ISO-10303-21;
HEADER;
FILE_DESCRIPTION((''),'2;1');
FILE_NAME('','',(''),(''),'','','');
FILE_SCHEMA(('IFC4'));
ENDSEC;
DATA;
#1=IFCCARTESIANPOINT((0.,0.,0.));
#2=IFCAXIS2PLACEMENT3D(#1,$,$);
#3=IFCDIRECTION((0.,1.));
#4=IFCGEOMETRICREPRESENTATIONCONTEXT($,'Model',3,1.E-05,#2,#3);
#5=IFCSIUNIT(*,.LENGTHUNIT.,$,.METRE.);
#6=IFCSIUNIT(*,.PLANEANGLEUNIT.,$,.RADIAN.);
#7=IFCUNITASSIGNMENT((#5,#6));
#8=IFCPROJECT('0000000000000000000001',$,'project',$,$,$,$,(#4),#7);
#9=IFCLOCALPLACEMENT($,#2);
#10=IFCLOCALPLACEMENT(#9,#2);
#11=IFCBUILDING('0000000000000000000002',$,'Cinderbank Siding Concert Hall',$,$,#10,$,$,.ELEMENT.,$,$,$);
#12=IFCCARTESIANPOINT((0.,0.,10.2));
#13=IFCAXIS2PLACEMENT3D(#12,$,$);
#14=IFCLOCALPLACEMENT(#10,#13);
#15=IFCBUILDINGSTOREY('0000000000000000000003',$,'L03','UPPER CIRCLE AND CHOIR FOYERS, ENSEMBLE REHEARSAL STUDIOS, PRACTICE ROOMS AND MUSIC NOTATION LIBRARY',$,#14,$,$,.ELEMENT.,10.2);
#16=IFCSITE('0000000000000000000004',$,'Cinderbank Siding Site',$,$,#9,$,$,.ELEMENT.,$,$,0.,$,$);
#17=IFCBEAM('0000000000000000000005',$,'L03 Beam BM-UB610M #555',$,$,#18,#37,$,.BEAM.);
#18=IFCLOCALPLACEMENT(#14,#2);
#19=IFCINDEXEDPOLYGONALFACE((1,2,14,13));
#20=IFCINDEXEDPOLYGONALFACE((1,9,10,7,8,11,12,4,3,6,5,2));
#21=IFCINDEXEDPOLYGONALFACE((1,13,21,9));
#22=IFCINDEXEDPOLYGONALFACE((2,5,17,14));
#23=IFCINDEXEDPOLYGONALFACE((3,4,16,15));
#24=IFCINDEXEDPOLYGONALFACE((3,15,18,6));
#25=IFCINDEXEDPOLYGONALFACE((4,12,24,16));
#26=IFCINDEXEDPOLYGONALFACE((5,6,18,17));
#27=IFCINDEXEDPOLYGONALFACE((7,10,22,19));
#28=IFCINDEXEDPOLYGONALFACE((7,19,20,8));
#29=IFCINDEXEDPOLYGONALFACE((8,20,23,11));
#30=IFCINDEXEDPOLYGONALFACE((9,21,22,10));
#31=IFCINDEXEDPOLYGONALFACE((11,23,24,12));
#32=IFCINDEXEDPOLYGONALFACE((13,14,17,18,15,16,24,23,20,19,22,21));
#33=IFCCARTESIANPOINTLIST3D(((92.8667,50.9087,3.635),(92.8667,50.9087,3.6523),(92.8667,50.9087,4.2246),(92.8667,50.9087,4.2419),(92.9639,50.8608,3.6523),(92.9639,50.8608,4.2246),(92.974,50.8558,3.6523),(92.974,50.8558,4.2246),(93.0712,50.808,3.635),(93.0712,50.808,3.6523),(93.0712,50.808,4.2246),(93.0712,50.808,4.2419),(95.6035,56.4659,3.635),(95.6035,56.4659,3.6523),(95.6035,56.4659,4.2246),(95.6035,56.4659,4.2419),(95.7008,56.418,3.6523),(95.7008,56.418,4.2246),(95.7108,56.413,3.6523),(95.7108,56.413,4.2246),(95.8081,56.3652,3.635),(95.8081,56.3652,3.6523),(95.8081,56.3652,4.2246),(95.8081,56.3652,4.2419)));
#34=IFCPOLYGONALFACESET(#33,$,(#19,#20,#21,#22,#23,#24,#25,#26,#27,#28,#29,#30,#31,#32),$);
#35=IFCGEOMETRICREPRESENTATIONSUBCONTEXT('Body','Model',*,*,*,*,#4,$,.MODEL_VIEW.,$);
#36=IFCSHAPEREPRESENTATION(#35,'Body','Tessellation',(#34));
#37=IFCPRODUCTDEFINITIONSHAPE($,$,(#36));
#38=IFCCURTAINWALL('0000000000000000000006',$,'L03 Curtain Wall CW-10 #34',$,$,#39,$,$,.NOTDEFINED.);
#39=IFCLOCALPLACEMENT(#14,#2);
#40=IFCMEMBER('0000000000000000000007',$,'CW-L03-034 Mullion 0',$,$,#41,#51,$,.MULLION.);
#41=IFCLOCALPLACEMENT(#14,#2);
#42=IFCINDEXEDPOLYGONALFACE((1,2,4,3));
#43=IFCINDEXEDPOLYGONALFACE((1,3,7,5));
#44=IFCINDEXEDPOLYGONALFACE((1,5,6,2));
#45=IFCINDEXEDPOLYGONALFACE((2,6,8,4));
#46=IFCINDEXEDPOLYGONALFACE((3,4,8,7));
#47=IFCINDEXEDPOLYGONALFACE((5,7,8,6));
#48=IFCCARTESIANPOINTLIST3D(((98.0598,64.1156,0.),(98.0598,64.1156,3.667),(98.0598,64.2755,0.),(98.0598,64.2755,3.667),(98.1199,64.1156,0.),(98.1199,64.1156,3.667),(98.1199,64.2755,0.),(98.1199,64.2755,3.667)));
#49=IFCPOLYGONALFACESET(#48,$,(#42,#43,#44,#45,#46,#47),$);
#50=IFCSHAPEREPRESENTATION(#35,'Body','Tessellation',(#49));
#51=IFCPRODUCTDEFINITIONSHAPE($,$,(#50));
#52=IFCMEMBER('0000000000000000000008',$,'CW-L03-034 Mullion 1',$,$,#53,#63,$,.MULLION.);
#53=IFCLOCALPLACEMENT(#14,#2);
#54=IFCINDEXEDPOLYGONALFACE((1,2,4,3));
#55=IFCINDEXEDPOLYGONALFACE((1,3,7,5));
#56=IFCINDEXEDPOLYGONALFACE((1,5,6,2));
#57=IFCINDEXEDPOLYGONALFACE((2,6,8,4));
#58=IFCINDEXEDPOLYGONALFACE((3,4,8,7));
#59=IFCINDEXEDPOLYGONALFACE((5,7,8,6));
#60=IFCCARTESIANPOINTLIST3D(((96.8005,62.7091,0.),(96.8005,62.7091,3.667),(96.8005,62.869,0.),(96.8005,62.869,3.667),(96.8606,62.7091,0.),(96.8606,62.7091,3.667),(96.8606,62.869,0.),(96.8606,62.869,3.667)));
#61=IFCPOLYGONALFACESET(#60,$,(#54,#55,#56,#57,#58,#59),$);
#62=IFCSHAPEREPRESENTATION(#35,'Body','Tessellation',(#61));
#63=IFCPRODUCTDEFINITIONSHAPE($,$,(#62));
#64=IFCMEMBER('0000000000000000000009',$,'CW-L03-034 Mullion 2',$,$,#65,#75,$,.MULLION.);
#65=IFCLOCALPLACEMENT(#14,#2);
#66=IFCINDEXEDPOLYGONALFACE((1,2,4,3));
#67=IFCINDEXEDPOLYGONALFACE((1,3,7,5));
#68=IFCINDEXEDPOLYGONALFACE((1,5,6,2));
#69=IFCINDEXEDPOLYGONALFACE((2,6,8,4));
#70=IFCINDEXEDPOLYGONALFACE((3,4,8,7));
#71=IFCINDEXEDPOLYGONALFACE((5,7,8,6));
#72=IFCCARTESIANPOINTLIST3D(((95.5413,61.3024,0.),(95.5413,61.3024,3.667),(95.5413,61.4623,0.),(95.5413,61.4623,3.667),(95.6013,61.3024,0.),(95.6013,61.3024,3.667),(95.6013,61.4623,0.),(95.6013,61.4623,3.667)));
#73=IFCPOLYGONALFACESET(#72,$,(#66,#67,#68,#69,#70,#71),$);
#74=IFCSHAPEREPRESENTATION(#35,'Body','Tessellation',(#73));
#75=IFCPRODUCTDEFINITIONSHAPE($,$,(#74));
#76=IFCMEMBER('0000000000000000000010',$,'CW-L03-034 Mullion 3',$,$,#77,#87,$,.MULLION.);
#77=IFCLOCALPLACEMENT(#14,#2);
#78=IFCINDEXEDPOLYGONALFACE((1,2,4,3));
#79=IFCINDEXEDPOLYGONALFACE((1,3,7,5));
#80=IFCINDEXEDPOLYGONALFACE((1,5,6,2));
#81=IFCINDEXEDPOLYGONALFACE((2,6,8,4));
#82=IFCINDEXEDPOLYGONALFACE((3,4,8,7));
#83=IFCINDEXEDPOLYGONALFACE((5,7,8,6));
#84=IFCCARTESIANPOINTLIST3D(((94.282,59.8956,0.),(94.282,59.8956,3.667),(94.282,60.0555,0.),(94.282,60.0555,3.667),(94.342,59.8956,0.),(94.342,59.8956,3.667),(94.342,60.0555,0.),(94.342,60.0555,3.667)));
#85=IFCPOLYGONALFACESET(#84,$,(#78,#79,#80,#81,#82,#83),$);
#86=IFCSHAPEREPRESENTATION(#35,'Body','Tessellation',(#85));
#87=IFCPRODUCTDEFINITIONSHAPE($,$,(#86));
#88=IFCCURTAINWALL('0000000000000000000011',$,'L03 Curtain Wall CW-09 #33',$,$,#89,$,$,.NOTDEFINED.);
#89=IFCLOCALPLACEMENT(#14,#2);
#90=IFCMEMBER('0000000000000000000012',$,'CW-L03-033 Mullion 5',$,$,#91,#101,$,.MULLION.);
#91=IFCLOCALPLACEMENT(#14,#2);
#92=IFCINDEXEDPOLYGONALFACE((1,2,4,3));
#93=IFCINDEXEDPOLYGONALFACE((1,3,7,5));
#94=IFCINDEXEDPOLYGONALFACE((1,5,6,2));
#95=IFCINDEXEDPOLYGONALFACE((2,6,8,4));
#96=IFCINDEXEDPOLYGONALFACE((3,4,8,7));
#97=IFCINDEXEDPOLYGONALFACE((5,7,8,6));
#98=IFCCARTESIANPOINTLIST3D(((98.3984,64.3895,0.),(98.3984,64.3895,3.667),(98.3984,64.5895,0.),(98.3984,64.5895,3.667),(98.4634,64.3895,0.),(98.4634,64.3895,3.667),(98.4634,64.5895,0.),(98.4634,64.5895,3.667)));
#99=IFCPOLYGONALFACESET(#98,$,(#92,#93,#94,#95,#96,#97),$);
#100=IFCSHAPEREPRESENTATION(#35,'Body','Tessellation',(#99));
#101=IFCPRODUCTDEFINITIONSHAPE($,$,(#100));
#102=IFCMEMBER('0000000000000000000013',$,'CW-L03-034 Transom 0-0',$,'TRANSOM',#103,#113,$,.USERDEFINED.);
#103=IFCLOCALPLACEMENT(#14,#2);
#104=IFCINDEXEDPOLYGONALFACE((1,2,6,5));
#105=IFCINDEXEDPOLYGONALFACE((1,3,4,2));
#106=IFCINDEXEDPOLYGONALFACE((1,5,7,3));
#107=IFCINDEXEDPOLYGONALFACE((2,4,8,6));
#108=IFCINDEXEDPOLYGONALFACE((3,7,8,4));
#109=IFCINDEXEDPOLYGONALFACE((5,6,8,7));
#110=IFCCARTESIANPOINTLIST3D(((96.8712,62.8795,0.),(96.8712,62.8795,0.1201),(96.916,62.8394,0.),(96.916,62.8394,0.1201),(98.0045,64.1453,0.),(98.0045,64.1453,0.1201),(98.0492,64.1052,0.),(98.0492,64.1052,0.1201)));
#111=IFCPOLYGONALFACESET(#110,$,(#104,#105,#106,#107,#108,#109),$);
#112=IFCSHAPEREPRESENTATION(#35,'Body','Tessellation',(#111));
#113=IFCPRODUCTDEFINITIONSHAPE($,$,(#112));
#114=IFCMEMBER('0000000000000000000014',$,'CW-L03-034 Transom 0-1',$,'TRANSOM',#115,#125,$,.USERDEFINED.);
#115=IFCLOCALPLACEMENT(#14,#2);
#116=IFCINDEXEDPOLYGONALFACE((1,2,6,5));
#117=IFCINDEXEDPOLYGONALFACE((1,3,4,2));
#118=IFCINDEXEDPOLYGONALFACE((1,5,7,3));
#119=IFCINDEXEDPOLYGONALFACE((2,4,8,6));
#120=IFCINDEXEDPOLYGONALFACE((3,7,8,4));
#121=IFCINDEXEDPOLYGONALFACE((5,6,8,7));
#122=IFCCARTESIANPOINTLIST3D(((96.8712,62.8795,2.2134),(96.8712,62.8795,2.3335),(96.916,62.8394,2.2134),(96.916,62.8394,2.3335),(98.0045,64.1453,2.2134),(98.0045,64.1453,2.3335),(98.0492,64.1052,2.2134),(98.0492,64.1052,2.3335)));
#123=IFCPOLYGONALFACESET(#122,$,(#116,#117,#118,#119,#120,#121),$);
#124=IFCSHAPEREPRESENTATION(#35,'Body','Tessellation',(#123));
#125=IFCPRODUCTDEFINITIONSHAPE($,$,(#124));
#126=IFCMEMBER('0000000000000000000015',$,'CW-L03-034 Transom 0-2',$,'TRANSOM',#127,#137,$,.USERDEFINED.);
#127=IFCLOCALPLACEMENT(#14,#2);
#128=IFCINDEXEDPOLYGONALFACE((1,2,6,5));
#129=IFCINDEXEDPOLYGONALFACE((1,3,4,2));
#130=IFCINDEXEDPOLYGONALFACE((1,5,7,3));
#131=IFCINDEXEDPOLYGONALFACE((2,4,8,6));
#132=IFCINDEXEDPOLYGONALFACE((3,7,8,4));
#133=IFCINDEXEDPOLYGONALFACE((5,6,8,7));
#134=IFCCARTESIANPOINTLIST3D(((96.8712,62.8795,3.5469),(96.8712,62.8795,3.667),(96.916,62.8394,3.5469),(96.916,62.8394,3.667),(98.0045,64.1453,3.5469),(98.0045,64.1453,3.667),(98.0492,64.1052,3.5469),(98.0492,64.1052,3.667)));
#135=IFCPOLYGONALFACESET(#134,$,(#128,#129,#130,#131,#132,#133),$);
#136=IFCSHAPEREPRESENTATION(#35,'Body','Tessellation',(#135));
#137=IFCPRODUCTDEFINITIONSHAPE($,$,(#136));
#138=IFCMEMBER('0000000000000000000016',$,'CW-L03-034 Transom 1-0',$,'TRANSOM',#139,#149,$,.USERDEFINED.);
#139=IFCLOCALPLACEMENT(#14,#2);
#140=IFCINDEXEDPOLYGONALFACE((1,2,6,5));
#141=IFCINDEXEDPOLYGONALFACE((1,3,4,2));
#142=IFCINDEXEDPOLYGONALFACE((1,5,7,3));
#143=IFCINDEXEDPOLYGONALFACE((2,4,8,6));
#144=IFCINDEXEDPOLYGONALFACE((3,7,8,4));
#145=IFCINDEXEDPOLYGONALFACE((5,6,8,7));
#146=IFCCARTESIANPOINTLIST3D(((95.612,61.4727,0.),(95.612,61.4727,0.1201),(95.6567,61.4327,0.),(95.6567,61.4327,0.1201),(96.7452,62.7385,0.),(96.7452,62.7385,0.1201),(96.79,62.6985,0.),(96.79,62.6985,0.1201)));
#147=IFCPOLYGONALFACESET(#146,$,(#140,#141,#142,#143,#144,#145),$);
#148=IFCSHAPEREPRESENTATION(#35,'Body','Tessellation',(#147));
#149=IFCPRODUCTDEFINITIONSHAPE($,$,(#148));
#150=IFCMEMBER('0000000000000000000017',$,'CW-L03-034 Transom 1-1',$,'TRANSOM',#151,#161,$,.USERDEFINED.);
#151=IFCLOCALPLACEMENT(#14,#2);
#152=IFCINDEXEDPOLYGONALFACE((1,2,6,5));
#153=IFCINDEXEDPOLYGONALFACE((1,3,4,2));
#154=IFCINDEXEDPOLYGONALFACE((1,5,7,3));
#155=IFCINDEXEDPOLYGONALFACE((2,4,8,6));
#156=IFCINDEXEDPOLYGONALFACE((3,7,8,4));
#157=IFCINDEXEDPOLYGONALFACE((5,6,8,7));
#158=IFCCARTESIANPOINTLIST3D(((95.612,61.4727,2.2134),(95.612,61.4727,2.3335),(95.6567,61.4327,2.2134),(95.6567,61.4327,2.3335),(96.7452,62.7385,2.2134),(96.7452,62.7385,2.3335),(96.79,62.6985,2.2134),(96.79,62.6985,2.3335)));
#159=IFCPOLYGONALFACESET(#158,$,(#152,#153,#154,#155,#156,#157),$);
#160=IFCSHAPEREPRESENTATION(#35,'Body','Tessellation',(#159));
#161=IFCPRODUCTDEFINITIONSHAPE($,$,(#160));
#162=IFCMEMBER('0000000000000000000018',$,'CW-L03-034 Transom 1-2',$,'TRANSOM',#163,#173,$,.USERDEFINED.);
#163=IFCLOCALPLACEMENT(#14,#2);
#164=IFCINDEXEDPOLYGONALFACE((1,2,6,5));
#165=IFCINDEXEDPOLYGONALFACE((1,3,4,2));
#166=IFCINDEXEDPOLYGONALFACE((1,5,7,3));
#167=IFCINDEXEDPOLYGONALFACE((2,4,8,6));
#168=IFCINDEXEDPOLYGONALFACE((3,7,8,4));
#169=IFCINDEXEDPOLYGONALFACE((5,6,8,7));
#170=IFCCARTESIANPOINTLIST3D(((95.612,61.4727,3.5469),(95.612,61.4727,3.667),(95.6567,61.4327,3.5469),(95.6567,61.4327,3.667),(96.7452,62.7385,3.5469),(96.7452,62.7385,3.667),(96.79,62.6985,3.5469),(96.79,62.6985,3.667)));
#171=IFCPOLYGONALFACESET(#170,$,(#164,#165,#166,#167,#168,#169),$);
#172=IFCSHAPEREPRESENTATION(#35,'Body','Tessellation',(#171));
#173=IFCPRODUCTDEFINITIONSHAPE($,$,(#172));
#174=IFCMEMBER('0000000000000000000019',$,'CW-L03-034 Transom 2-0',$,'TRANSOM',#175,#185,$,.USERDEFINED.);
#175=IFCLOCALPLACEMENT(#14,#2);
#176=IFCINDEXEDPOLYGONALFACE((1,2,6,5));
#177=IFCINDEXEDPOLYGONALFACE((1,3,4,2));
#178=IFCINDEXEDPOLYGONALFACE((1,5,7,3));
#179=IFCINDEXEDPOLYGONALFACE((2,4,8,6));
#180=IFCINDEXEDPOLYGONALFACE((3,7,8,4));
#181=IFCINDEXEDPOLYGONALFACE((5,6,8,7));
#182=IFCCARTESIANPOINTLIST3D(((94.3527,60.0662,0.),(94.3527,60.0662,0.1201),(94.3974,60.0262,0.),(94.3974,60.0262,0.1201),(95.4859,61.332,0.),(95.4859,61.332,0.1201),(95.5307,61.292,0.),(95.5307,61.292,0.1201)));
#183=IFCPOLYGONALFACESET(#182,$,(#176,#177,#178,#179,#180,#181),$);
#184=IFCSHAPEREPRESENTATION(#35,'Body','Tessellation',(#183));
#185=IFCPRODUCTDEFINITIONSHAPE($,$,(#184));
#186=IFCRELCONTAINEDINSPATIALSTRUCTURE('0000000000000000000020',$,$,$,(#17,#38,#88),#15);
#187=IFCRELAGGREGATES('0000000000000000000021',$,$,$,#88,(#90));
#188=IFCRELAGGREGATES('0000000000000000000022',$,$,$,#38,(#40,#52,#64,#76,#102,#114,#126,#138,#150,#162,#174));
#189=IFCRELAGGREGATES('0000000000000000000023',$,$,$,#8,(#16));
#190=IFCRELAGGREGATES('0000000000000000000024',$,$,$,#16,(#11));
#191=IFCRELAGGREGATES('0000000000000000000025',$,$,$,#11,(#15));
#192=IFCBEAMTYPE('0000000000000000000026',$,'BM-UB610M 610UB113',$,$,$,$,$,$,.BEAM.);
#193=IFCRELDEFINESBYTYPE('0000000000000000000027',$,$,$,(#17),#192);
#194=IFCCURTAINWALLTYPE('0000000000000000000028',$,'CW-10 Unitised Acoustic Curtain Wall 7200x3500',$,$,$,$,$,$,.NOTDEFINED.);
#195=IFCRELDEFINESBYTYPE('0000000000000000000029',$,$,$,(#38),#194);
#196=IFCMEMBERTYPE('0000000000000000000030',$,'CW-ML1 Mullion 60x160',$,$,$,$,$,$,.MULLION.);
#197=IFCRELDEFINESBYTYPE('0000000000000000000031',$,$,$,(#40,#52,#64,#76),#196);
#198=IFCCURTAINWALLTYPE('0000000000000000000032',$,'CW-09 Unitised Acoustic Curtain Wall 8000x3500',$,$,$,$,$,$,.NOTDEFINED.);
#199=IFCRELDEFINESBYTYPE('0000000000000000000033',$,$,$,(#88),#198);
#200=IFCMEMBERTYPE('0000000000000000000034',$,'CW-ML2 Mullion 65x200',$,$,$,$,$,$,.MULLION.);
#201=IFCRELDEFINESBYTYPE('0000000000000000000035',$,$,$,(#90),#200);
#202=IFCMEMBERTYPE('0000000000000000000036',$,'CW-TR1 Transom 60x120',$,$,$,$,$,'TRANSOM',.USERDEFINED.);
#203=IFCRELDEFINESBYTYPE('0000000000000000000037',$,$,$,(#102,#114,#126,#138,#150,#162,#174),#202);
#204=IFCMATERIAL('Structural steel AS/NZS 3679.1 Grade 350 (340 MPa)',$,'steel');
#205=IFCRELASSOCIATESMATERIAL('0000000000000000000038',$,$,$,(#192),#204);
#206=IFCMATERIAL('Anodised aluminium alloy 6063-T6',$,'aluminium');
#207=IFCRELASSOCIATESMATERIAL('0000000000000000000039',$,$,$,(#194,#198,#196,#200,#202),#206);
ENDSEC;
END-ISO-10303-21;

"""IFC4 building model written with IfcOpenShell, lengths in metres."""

from ifc_helpers import new_model, si_unit, direction, frame, origin, origin_2d, place, context, subcontext, project, spatial, rectangle, i_section, extrude, material, material_profile, profile_set, type_object, element, aggregate, save


model = new_model("IFC4")

# Units and contexts
model_context = context("Model", 3, precision=1e-05, world=origin(), true_north=direction((0.0, 1.0)))
body_context = subcontext(model_context, "Body", "Model", "MODEL_VIEW")
ifc_project = project(units=[si_unit("LENGTHUNIT", "METRE"), si_unit("PLANEANGLEUNIT", "RADIAN")], contexts=[model_context])

# Site, building, storey
site_placement = place(None, origin())
site = spatial("IfcSite", under=ifc_project, at=site_placement, Name="Cinderbank Siding Site", CompositionType="ELEMENT", RefElevation=0.0)
building_placement = place(site_placement, origin())
building = spatial("IfcBuilding", under=site, at=building_placement, Name="Cinderbank Siding Concert Hall", CompositionType="ELEMENT")
storey_placement = place(building_placement, frame((0.0, 0.0, 10.2)))
storey = spatial("IfcBuildingStorey", under=building, at=storey_placement, Name="L03", Description="UPPER CIRCLE AND CHOIR FOYERS, ENSEMBLE REHEARSAL STUDIOS, PRACTICE ROOMS AND MUSIC NOTATION LIBRARY", CompositionType="ELEMENT", Elevation=10.2)

# Beam
ifc_material_1 = material(Name="Structural steel AS/NZS 3679.1 Grade 350 (340 MPa)", Category="steel")
ifc_material_profile_1 = material_profile(ifc_material_1, i_section(OverallWidth=0.228, OverallDepth=0.6069, WebThickness=0.0112, FlangeThickness=0.0173, at=origin_2d()), Name="610UB113", Category="LoadBearing")
ifc_profile_set_1 = profile_set([ifc_material_profile_1], Name="Structural steel AS/NZS 3679.1 Grade 350 (340 MPa)")
beam_type_1 = type_object("IfcBeamType", Name="BM-UB610M 610UB113", PredefinedType="BEAM", material=ifc_profile_set_1)
beam_1_placement = place(storey_placement, frame((95.7058, 56.4155, 3.9385), z_axis=(-0.441814, -0.897107, 0.0), x_axis=(0.897107, -0.441814, 0.0)))
element("IfcBeam", 1, at=beam_1_placement, inside=storey, type_object=beam_type_1, Name="L03 Beam BM-UB610M #555", PredefinedType="BEAM", context=body_context, shape_type="SweptSolid", body=[
    extrude(i_section(OverallWidth=0.228, OverallDepth=0.6069, WebThickness=0.0112, FlangeThickness=0.0173, at=origin_2d()), origin(), (0.0, 0.0, 1.0), 6.1946),
])

# Curtain wall, members
ifc_material_2 = material(Name="Anodised aluminium alloy 6063-T6", Category="aluminium")
curtain_wall_type_1 = type_object("IfcCurtainWallType", Name="CW-10 Unitised Acoustic Curtain Wall 7200x3500", PredefinedType="NOTDEFINED", material=ifc_material_2)
curtain_wall_1_placement = place(storey_placement, origin())
curtain_wall_1 = element("IfcCurtainWall", 2, at=curtain_wall_1_placement, inside=storey, type_object=curtain_wall_type_1, Name="L03 Curtain Wall CW-10 #34", PredefinedType="NOTDEFINED")
ifc_material_profile_2 = material_profile(ifc_material_2, rectangle(XDim=0.0601, YDim=0.1599, at=origin_2d()), Name="ALU-MULL-60x160", Category="LoadBearing")
ifc_profile_set_2 = profile_set([ifc_material_profile_2], Name="Anodised aluminium alloy 6063-T6")
member_type_1 = type_object("IfcMemberType", Name="CW-ML1 Mullion 60x160", PredefinedType="MULLION", material=ifc_profile_set_2)
member_1_placement = place(storey_placement, frame((98.0898, 64.1956, 0.0), z_axis=(0.0, 0.0, 1.0), x_axis=(1.0, 0.0, 0.0)))
member_1 = element("IfcMember", 3, at=member_1_placement, type_object=member_type_1, Name="CW-L03-034 Mullion 0", PredefinedType="MULLION", context=body_context, shape_type="SweptSolid", body=[
    extrude(rectangle(XDim=0.0601, YDim=0.1599, at=origin_2d()), origin(), (0.0, 0.0, 1.0), 3.667),
])
member_2_placement = place(storey_placement, frame((96.8306, 62.7891, 0.0), z_axis=(0.0, 0.0, 1.0), x_axis=(1.0, 0.0, 0.0)))
member_2 = element("IfcMember", 4, at=member_2_placement, type_object=member_type_1, Name="CW-L03-034 Mullion 1", PredefinedType="MULLION", context=body_context, shape_type="SweptSolid", body=[
    extrude(rectangle(XDim=0.0601, YDim=0.1599, at=origin_2d()), origin(), (0.0, 0.0, 1.0), 3.667),
])
member_3_placement = place(storey_placement, frame((95.5713, 61.3823, 0.0), z_axis=(0.0, 0.0, 1.0), x_axis=(1.0, 0.0, 0.0)))
member_3 = element("IfcMember", 5, at=member_3_placement, type_object=member_type_1, Name="CW-L03-034 Mullion 2", PredefinedType="MULLION", context=body_context, shape_type="SweptSolid", body=[
    extrude(rectangle(XDim=0.0601, YDim=0.1599, at=origin_2d()), origin(), (0.0, 0.0, 1.0), 3.667),
])
member_4_placement = place(storey_placement, frame((94.312, 59.9756, 0.0), z_axis=(0.0, 0.0, 1.0), x_axis=(1.0, 0.0, 0.0)))
member_4 = element("IfcMember", 6, at=member_4_placement, type_object=member_type_1, Name="CW-L03-034 Mullion 3", PredefinedType="MULLION", context=body_context, shape_type="SweptSolid", body=[
    extrude(rectangle(XDim=0.0601, YDim=0.1599, at=origin_2d()), origin(), (0.0, 0.0, 1.0), 3.667),
])

# Curtain wall, member
curtain_wall_type_2 = type_object("IfcCurtainWallType", Name="CW-09 Unitised Acoustic Curtain Wall 8000x3500", PredefinedType="NOTDEFINED", material=ifc_material_2)
curtain_wall_2_placement = place(storey_placement, origin())
curtain_wall_2 = element("IfcCurtainWall", 7, at=curtain_wall_2_placement, inside=storey, type_object=curtain_wall_type_2, Name="L03 Curtain Wall CW-09 #33", PredefinedType="NOTDEFINED")
ifc_material_profile_3 = material_profile(ifc_material_2, rectangle(XDim=0.0649, YDim=0.2, at=origin_2d()), Name="ALU-MULL-65x200", Category="LoadBearing")
ifc_profile_set_3 = profile_set([ifc_material_profile_3], Name="Anodised aluminium alloy 6063-T6")
member_type_2 = type_object("IfcMemberType", Name="CW-ML2 Mullion 65x200", PredefinedType="MULLION", material=ifc_profile_set_3)
member_5_placement = place(storey_placement, frame((98.4309, 64.4895, 0.0), z_axis=(0.0, 0.0, 1.0), x_axis=(1.0, 0.0, 0.0)))
member_5 = element("IfcMember", 8, at=member_5_placement, type_object=member_type_2, Name="CW-L03-033 Mullion 5", PredefinedType="MULLION", context=body_context, shape_type="SweptSolid", body=[
    extrude(rectangle(XDim=0.0649, YDim=0.2, at=origin_2d()), origin(), (0.0, 0.0, 1.0), 3.667),
])

# Members
ifc_material_profile_4 = material_profile(ifc_material_2, rectangle(XDim=0.0601, YDim=0.1201, at=origin_2d()), Name="ALU-TRAN-60x120", Category="LoadBearing")
ifc_profile_set_4 = profile_set([ifc_material_profile_4], Name="Anodised aluminium alloy 6063-T6")
member_type_3 = type_object("IfcMemberType", Name="CW-TR1 Transom 60x120", ElementType="TRANSOM", PredefinedType="USERDEFINED", material=ifc_profile_set_4)
member_6_placement = place(storey_placement, frame((98.0269, 64.1252, 0.0601), z_axis=(-0.667017, -0.745042, 0.0), x_axis=(0.745042, -0.667017, 0.0)))
member_6 = element("IfcMember", 9, at=member_6_placement, type_object=member_type_3, Name="CW-L03-034 Transom 0-0", ObjectType="TRANSOM", PredefinedType="USERDEFINED", context=body_context, shape_type="SweptSolid", body=[
    extrude(rectangle(XDim=0.0601, YDim=0.1201, at=origin_2d()), origin(), (0.0, 0.0, 1.0), 1.699),
])
member_7_placement = place(storey_placement, frame((98.0269, 64.1252, 2.2734), z_axis=(-0.667017, -0.745042, 0.0), x_axis=(0.745042, -0.667017, 0.0)))
member_7 = element("IfcMember", 10, at=member_7_placement, type_object=member_type_3, Name="CW-L03-034 Transom 0-1", ObjectType="TRANSOM", PredefinedType="USERDEFINED", context=body_context, shape_type="SweptSolid", body=[
    extrude(rectangle(XDim=0.0601, YDim=0.1201, at=origin_2d()), origin(), (0.0, 0.0, 1.0), 1.699),
])
member_8_placement = place(storey_placement, frame((98.0269, 64.1252, 3.6069), z_axis=(-0.667017, -0.745042, 0.0), x_axis=(0.745042, -0.667017, 0.0)))
member_8 = element("IfcMember", 11, at=member_8_placement, type_object=member_type_3, Name="CW-L03-034 Transom 0-2", ObjectType="TRANSOM", PredefinedType="USERDEFINED", context=body_context, shape_type="SweptSolid", body=[
    extrude(rectangle(XDim=0.0601, YDim=0.1201, at=origin_2d()), origin(), (0.0, 0.0, 1.0), 1.699),
])
member_9_placement = place(storey_placement, frame((96.7676, 62.7185, 0.0601), z_axis=(-0.667017, -0.745042, 0.0), x_axis=(0.745042, -0.667017, 0.0)))
member_9 = element("IfcMember", 12, at=member_9_placement, type_object=member_type_3, Name="CW-L03-034 Transom 1-0", ObjectType="TRANSOM", PredefinedType="USERDEFINED", context=body_context, shape_type="SweptSolid", body=[
    extrude(rectangle(XDim=0.0601, YDim=0.1201, at=origin_2d()), origin(), (0.0, 0.0, 1.0), 1.699),
])
member_10_placement = place(storey_placement, frame((96.7676, 62.7185, 2.2734), z_axis=(-0.667017, -0.745042, 0.0), x_axis=(0.745042, -0.667017, 0.0)))
member_10 = element("IfcMember", 13, at=member_10_placement, type_object=member_type_3, Name="CW-L03-034 Transom 1-1", ObjectType="TRANSOM", PredefinedType="USERDEFINED", context=body_context, shape_type="SweptSolid", body=[
    extrude(rectangle(XDim=0.0601, YDim=0.1201, at=origin_2d()), origin(), (0.0, 0.0, 1.0), 1.699),
])
member_11_placement = place(storey_placement, frame((96.7676, 62.7185, 3.6069), z_axis=(-0.667017, -0.745042, 0.0), x_axis=(0.745042, -0.667017, 0.0)))
member_11 = element("IfcMember", 14, at=member_11_placement, type_object=member_type_3, Name="CW-L03-034 Transom 1-2", ObjectType="TRANSOM", PredefinedType="USERDEFINED", context=body_context, shape_type="SweptSolid", body=[
    extrude(rectangle(XDim=0.0601, YDim=0.1201, at=origin_2d()), origin(), (0.0, 0.0, 1.0), 1.699),
])
member_12_placement = place(storey_placement, frame((95.5083, 61.312, 0.0601), z_axis=(-0.667017, -0.745042, 0.0), x_axis=(0.745042, -0.667017, 0.0)))
member_12 = element("IfcMember", 15, at=member_12_placement, type_object=member_type_3, Name="CW-L03-034 Transom 2-0", ObjectType="TRANSOM", PredefinedType="USERDEFINED", context=body_context, shape_type="SweptSolid", body=[
    extrude(rectangle(XDim=0.0601, YDim=0.1201, at=origin_2d()), origin(), (0.0, 0.0, 1.0), 1.699),
])

aggregate(curtain_wall_2, [member_5])
aggregate(curtain_wall_1, [member_1, member_2, member_3, member_4, member_6, member_7, member_8, member_9, member_10, member_11, member_12])

save(model, "model.ifc")
